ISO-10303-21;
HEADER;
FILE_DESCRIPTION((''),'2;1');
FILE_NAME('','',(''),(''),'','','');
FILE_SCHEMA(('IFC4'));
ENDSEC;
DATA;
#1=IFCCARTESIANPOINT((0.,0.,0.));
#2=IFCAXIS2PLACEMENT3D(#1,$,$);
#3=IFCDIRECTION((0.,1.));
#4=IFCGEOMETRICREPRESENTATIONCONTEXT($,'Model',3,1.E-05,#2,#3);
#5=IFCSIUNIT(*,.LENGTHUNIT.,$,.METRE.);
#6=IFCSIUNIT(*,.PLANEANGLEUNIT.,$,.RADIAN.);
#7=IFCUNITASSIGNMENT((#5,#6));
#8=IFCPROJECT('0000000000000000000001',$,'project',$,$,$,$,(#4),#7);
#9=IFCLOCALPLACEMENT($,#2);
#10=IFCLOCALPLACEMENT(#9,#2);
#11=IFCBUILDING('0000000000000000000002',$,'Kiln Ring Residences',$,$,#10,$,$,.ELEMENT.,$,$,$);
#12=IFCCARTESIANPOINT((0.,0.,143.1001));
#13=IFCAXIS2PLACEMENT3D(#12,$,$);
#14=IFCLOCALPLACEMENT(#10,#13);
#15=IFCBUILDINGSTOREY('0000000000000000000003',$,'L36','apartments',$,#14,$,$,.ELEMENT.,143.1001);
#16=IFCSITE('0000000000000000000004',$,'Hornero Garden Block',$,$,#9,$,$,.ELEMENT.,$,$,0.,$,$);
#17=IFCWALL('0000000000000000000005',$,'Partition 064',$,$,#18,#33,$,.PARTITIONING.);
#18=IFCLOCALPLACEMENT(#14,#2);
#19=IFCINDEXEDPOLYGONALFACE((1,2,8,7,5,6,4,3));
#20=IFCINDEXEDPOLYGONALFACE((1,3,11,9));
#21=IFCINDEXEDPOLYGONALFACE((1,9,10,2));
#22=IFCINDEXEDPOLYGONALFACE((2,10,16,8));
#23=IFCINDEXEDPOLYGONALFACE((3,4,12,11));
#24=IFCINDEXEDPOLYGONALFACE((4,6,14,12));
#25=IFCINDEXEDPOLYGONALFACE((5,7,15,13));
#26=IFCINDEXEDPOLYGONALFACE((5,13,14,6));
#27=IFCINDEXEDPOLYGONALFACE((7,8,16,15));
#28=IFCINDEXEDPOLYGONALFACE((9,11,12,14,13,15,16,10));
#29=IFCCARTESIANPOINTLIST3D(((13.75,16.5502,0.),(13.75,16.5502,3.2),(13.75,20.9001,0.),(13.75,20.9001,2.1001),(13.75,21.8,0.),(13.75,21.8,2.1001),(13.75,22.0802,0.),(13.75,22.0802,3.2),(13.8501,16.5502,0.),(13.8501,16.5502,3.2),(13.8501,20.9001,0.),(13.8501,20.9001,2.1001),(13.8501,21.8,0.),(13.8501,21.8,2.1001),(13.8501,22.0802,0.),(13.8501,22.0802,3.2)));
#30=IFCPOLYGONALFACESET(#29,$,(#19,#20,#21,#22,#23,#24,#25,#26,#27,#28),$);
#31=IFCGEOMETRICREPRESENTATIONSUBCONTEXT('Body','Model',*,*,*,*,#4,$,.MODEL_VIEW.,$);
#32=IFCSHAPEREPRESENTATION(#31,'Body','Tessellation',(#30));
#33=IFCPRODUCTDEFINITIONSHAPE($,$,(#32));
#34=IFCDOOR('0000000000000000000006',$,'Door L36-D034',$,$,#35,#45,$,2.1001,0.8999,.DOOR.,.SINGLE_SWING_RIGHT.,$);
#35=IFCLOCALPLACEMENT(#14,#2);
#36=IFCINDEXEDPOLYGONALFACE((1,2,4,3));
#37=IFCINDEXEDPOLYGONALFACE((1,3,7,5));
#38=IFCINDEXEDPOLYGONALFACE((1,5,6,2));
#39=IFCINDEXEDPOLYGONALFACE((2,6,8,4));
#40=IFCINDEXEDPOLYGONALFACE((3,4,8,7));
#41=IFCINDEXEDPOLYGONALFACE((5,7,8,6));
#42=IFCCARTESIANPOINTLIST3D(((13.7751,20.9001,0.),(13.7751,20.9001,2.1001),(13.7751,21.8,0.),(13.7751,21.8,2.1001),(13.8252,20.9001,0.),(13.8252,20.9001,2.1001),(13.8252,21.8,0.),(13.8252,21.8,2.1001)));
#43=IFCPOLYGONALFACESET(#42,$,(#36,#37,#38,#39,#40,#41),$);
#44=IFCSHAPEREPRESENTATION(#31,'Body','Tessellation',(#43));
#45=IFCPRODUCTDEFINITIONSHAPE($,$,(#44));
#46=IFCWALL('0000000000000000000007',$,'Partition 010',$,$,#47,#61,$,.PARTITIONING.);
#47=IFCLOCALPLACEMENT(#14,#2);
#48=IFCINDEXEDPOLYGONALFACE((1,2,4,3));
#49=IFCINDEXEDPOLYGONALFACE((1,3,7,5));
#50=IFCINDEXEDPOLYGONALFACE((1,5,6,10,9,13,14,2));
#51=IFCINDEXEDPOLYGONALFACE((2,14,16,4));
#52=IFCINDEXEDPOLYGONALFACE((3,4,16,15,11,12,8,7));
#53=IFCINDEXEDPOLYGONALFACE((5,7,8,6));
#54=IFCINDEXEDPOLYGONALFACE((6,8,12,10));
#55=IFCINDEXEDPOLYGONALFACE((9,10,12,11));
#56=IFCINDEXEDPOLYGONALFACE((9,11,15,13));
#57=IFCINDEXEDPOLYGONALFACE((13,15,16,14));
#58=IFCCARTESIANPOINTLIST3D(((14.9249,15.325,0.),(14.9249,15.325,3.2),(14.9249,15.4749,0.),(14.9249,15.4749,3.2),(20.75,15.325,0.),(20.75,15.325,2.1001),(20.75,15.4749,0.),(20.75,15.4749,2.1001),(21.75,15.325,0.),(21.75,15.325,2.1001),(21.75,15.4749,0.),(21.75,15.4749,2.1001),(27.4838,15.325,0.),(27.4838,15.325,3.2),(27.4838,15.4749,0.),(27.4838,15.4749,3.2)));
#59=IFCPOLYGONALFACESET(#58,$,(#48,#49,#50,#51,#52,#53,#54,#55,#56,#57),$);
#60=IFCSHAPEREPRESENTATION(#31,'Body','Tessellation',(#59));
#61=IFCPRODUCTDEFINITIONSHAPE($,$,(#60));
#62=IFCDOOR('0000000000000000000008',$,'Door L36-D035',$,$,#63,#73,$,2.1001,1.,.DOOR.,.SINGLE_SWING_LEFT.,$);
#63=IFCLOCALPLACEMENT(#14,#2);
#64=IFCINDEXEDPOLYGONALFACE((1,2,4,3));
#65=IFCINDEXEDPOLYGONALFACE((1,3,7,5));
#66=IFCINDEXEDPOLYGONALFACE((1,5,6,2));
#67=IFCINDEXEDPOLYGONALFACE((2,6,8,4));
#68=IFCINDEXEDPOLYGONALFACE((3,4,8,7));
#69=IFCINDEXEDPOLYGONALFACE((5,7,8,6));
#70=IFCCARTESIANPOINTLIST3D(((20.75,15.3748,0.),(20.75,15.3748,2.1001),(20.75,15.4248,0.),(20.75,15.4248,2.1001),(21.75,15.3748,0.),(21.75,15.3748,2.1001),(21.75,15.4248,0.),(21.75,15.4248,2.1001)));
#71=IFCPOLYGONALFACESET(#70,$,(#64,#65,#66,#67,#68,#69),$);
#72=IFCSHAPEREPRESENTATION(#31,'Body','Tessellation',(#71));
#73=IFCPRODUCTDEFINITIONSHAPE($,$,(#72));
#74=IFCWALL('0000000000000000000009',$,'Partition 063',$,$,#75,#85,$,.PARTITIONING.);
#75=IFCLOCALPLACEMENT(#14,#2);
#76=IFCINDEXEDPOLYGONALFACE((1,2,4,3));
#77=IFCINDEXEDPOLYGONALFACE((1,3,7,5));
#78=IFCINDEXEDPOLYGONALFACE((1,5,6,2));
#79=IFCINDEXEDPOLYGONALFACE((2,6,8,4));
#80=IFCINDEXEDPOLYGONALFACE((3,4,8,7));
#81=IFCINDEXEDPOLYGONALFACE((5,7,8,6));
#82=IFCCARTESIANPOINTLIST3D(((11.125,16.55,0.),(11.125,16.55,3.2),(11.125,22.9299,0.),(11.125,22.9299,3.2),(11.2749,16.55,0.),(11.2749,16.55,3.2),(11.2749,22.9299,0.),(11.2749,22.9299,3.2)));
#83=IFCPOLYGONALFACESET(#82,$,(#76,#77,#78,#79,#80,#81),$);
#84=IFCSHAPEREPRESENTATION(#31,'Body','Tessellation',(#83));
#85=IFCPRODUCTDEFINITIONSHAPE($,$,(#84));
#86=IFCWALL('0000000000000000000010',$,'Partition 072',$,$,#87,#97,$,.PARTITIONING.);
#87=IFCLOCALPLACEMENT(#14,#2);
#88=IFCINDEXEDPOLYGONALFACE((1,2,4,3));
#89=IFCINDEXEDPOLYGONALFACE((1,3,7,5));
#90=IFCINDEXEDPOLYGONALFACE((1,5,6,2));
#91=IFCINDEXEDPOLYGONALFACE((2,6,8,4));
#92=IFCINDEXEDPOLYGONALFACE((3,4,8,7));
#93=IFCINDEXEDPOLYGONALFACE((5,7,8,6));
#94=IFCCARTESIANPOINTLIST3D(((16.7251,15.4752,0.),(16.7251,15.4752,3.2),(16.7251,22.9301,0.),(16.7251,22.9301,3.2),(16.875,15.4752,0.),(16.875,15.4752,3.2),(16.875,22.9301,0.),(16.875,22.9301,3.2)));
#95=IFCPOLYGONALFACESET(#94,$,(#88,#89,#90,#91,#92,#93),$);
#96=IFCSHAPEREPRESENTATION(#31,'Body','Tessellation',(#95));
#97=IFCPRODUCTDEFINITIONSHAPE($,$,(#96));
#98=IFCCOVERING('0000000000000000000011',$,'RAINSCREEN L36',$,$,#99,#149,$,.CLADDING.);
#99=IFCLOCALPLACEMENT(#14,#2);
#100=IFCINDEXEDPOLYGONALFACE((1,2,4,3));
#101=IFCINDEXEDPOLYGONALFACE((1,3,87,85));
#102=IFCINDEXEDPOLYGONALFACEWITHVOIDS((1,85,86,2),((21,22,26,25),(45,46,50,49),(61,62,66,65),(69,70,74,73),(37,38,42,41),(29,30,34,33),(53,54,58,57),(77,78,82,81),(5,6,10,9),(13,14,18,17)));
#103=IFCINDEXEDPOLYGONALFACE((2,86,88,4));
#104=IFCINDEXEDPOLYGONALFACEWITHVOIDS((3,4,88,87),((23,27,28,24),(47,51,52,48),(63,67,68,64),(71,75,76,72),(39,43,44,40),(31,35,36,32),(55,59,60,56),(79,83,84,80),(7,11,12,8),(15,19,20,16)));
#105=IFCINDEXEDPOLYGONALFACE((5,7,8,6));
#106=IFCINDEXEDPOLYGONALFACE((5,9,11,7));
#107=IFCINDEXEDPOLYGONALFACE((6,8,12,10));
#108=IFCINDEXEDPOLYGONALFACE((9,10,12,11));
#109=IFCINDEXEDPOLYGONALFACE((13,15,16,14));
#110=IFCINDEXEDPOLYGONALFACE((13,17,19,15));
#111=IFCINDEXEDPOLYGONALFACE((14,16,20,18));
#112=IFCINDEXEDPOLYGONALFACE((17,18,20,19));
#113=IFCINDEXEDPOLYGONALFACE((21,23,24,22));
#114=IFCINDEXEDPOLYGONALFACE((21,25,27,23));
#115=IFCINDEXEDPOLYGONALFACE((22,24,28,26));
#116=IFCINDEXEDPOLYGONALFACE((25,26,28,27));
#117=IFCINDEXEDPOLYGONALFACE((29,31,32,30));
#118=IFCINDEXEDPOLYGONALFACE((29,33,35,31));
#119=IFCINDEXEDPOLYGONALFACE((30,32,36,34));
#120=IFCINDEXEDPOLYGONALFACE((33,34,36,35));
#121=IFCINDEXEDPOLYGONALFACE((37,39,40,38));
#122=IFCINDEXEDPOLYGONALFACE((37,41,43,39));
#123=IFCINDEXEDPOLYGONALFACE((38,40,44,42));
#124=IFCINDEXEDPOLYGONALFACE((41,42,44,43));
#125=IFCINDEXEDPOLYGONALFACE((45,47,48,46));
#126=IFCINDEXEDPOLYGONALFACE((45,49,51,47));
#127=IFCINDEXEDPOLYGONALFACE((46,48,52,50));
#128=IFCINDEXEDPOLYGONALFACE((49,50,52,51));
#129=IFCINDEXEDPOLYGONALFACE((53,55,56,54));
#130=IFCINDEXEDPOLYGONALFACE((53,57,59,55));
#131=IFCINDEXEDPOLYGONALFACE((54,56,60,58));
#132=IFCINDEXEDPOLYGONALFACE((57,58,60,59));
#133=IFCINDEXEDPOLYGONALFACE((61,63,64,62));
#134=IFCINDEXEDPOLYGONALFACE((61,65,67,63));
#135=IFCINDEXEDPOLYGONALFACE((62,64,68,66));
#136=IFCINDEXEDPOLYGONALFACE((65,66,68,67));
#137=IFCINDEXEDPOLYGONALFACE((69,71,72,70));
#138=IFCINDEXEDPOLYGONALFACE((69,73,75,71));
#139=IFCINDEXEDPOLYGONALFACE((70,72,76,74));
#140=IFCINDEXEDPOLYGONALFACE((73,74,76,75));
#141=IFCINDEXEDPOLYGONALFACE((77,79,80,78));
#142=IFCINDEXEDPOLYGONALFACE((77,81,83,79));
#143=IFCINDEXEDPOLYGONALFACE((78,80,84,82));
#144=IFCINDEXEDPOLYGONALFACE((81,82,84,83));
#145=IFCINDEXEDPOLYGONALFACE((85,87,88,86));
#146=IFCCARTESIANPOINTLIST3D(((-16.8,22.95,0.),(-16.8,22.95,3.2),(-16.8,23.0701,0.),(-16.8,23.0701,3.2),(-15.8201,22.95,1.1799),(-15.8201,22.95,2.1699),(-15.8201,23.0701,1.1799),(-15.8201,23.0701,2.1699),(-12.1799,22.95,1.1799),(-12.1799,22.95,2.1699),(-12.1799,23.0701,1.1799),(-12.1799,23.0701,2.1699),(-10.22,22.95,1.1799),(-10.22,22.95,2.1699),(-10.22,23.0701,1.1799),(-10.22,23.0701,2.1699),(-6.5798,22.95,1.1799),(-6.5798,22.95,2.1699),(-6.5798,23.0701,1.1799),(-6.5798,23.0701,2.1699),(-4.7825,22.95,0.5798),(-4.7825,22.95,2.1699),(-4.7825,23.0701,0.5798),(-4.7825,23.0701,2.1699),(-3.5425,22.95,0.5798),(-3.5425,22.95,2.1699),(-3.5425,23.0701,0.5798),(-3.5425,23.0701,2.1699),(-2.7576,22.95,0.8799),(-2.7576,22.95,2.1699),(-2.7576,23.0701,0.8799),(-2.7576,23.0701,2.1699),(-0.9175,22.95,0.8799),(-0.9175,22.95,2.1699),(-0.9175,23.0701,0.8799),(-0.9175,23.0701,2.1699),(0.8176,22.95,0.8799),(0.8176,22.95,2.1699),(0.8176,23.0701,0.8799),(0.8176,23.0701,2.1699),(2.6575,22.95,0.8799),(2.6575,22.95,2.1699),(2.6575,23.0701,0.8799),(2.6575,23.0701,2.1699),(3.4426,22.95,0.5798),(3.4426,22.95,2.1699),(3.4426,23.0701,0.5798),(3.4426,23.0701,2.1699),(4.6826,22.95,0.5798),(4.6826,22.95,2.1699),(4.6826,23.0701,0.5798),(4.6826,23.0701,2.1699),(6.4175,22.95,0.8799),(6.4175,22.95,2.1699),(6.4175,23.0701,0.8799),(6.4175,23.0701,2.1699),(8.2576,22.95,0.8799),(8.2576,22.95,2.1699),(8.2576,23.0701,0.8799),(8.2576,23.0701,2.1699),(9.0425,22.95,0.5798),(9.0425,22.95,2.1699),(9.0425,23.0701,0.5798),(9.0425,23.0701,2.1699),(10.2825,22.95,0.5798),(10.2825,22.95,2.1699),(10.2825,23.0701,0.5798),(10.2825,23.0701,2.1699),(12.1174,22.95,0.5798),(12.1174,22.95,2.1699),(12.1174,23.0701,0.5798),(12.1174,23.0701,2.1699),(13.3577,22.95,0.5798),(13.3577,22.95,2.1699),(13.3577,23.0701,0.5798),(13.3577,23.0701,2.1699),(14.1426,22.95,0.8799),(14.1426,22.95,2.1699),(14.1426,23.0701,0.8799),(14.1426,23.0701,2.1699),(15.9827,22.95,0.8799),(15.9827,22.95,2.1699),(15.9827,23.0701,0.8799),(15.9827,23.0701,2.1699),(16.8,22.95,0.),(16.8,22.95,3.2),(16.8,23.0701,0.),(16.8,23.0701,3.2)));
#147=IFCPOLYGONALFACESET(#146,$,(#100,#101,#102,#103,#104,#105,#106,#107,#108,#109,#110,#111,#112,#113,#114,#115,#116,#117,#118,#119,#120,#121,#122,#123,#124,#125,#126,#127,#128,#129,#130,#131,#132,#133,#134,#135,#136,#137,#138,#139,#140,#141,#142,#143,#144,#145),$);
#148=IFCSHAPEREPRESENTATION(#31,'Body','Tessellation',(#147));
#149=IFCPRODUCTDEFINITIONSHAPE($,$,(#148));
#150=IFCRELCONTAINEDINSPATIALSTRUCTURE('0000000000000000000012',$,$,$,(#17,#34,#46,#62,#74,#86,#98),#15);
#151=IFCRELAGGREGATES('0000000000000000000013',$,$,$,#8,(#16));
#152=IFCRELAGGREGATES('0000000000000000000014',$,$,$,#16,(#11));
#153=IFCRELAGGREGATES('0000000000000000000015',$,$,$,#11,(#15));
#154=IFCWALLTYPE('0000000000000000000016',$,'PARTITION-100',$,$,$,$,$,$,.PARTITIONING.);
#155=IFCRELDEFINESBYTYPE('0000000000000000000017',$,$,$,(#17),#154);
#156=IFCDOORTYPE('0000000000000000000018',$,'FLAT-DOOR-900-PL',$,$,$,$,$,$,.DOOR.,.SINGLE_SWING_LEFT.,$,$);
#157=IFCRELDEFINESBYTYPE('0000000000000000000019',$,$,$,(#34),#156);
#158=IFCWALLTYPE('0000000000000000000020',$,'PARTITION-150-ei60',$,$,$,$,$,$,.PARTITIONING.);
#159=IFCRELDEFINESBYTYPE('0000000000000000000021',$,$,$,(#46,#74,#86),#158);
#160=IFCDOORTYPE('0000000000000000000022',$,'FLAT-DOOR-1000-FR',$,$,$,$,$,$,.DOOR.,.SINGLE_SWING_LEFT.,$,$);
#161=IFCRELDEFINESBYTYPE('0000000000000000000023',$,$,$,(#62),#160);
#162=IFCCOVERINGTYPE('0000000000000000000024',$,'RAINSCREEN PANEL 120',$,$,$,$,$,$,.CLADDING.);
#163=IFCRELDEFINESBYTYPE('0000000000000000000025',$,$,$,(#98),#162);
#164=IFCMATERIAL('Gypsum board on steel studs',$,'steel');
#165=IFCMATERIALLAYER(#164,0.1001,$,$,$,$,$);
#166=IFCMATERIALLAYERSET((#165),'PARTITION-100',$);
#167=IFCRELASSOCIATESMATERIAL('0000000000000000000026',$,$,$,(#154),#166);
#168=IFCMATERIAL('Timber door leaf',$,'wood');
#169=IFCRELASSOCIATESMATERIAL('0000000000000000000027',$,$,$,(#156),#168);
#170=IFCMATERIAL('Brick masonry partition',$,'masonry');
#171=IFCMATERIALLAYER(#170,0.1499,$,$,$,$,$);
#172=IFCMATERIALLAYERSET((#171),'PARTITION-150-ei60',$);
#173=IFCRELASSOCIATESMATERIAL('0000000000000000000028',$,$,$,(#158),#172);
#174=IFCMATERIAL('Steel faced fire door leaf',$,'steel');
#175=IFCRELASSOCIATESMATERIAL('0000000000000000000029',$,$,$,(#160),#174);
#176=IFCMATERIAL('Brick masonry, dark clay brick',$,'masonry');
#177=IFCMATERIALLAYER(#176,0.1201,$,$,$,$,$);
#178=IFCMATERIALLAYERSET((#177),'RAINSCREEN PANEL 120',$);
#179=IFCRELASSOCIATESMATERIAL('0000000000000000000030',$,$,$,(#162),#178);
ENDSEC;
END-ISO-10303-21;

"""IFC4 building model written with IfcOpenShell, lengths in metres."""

from ifc_helpers import new_model, si_unit, direction, frame, frame_2d, origin, place, context, subcontext, project, spatial, polyline, rectangle, outline, extrude, material, layer, layer_set, type_object, element, fill, save


model = new_model("IFC4")

# Units and contexts
model_context = context("Model", 3, precision=1e-05, world=origin(), true_north=direction((0.0, 1.0)))
body_context = subcontext(model_context, "Body", "Model", "MODEL_VIEW")
ifc_project = project(units=[si_unit("LENGTHUNIT", "METRE"), si_unit("PLANEANGLEUNIT", "RADIAN")], contexts=[model_context])

# Site, building, storey
site_placement = place(None, origin())
site = spatial("IfcSite", under=ifc_project, at=site_placement, Name="Hornero Garden Block", CompositionType="ELEMENT", RefElevation=0.0)
building_placement = place(site_placement, origin())
building = spatial("IfcBuilding", under=site, at=building_placement, Name="Kiln Ring Residences", CompositionType="ELEMENT")
storey_placement = place(building_placement, frame((0.0, 0.0, 143.1001)))
storey = spatial("IfcBuildingStorey", under=building, at=storey_placement, Name="L36", Description="apartments", CompositionType="ELEMENT", Elevation=143.1001)

# Shared definitions
ifc_material_1 = material(Name="Gypsum board on steel studs", Category="steel")
ifc_layer_1 = layer(ifc_material_1, 0.1001)
ifc_layer_set_1 = layer_set([ifc_layer_1], Name="PARTITION-100")
wall_type_1 = type_object("IfcWallType", Name="PARTITION-100", PredefinedType="PARTITIONING", material=ifc_layer_set_1)
ifc_material_2 = material(Name="Timber door leaf", Category="wood")
door_type_1 = type_object("IfcDoorType", Name="FLAT-DOOR-900-PL", OperationType="SINGLE_SWING_LEFT", PredefinedType="DOOR", material=ifc_material_2)

# Walls, openings, doors
wall_1_placement = place(storey_placement, frame((13.8, 16.55, 0.0), z_axis=(0.0, 0.0, 1.0), x_axis=(0.0, 1.0, 0.0)))
wall_1 = element("IfcWall", 1, at=wall_1_placement, inside=storey, type_object=wall_type_1, Name="Partition 064", PredefinedType="PARTITIONING", context=body_context, shape_type="SweptSolid", body=[
    extrude(rectangle(XDim=5.53, YDim=0.1001, at=frame_2d((2.7651, 0.0))), origin(), (0.0, 0.0, 1.0), 3.2),
])
opening_1_placement = place(wall_1_placement, frame((4.3501, 0.0, 0.0)))
opening_1 = element("IfcOpeningElement", 2, at=opening_1_placement, cuts=wall_1, PredefinedType="OPENING", context=body_context, shape_type="SweptSolid", body=[
    extrude(rectangle(XDim=0.8999, YDim=2.1001, at=frame_2d((0.45, 1.05))), frame((0.0, 0.0601, 0.0), z_axis=(0.0, -1.0, 0.0), x_axis=(1.0, 0.0, 0.0)), (0.0, 0.0, 1.0), 0.1201),
])
door_1_placement = place(opening_1_placement, origin())
door_1 = element("IfcDoor", 3, at=door_1_placement, inside=storey, type_object=door_type_1, Name="Door L36-D034", OperationType="SINGLE_SWING_RIGHT", OverallHeight=2.1001, OverallWidth=0.8999, PredefinedType="DOOR", context=body_context, shape_type="SweptSolid", body=[
    extrude(rectangle(XDim=0.8999, YDim=2.1001, at=frame_2d((0.45, 1.05))), frame((0.0, 0.0249, 0.0), z_axis=(0.0, -1.0, 0.0), x_axis=(1.0, 0.0, 0.0)), (0.0, 0.0, 1.0), 0.05),
])
fill(opening_1, door_1)
ifc_material_3 = material(Name="Brick masonry partition", Category="masonry")
ifc_layer_2 = layer(ifc_material_3, 0.1499)
ifc_layer_set_2 = layer_set([ifc_layer_2], Name="PARTITION-150-ei60")
wall_type_2 = type_object("IfcWallType", Name="PARTITION-150-ei60", PredefinedType="PARTITIONING", material=ifc_layer_set_2)
wall_2_placement = place(storey_placement, frame((14.925, 15.3999, 0.0), z_axis=(0.0, 0.0, 1.0), x_axis=(1.0, 0.0, 0.0)))
wall_2 = element("IfcWall", 4, at=wall_2_placement, inside=storey, type_object=wall_type_2, Name="Partition 010", PredefinedType="PARTITIONING", context=body_context, shape_type="SweptSolid", body=[
    extrude(rectangle(XDim=12.5588, YDim=0.1499, at=frame_2d((6.2793, 0.0))), origin(), (0.0, 0.0, 1.0), 3.2),
])
opening_2_placement = place(wall_2_placement, frame((5.825, 0.0, 0.0)))
opening_2 = element("IfcOpeningElement", 5, at=opening_2_placement, cuts=wall_2, PredefinedType="OPENING", context=body_context, shape_type="SweptSolid", body=[
    extrude(rectangle(XDim=1.0, YDim=2.1001, at=frame_2d((0.5, 1.05))), frame((0.0, 0.085, 0.0), z_axis=(0.0, -1.0, 0.0), x_axis=(1.0, 0.0, 0.0)), (0.0, 0.0, 1.0), 0.1699),
])
ifc_material_4 = material(Name="Steel faced fire door leaf", Category="steel")
door_type_2 = type_object("IfcDoorType", Name="FLAT-DOOR-1000-FR", OperationType="SINGLE_SWING_LEFT", PredefinedType="DOOR", material=ifc_material_4)
door_2_placement = place(opening_2_placement, origin())
door_2 = element("IfcDoor", 6, at=door_2_placement, inside=storey, type_object=door_type_2, Name="Door L36-D035", OperationType="SINGLE_SWING_LEFT", OverallHeight=2.1001, OverallWidth=1.0, PredefinedType="DOOR", context=body_context, shape_type="SweptSolid", body=[
    extrude(rectangle(XDim=1.0, YDim=2.1001, at=frame_2d((0.5, 1.05))), frame((0.0, 0.0249, 0.0), z_axis=(0.0, -1.0, 0.0), x_axis=(1.0, 0.0, 0.0)), (0.0, 0.0, 1.0), 0.05),
])
fill(opening_2, door_2)

# Walls
wall_3_placement = place(storey_placement, frame((11.2, 16.55, 0.0), z_axis=(0.0, 0.0, 1.0), x_axis=(0.0, 1.0, 0.0)))
element("IfcWall", 7, at=wall_3_placement, inside=storey, type_object=wall_type_2, Name="Partition 063", PredefinedType="PARTITIONING", context=body_context, shape_type="SweptSolid", body=[
    extrude(rectangle(XDim=6.3799, YDim=0.1499, at=frame_2d((3.1899, 0.0))), origin(), (0.0, 0.0, 1.0), 3.2),
])
wall_4_placement = place(storey_placement, frame((16.8, 15.4751, 0.0), z_axis=(0.0, 0.0, 1.0), x_axis=(0.0, 1.0, 0.0)))
element("IfcWall", 8, at=wall_4_placement, inside=storey, type_object=wall_type_2, Name="Partition 072", PredefinedType="PARTITIONING", context=body_context, shape_type="SweptSolid", body=[
    extrude(rectangle(XDim=7.4548, YDim=0.1499, at=frame_2d((3.7275, 0.0))), origin(), (0.0, 0.0, 1.0), 3.2),
])

# Covering
ifc_material_5 = material(Name="Brick masonry, dark clay brick", Category="masonry")
ifc_layer_3 = layer(ifc_material_5, 0.1201)
ifc_layer_set_3 = layer_set([ifc_layer_3], Name="RAINSCREEN PANEL 120")
covering_type = type_object("IfcCoveringType", Name="RAINSCREEN PANEL 120", PredefinedType="CLADDING", material=ifc_layer_set_3)
covering_placement = place(storey_placement, frame((16.8, 23.01, 0.0), z_axis=(0.0, 0.0, 1.0), x_axis=(-1.0, 0.0, 0.0)))
element("IfcCovering", 9, at=covering_placement, inside=storey, type_object=covering_type, Name="RAINSCREEN L36", PredefinedType="CLADDING", context=body_context, shape_type="SweptSolid", body=[
    extrude(outline(polyline([(0.0, 0.0), (33.6001, 0.0), (33.6001, 3.2), (0.0, 3.2), (0.0, 0.0)]), holes=[polyline([(3.4424, 0.5798), (4.6826, 0.5798), (4.6826, 2.1699), (3.4424, 2.1699), (3.4424, 0.5798)]), polyline([(6.5176, 0.5798), (7.7576, 0.5798), (7.7576, 2.1699), (6.5176, 2.1699), (6.5176, 0.5798)]), polyline([(12.1174, 0.5798), (13.3574, 0.5798), (13.3574, 2.1699), (12.1174, 2.1699), (12.1174, 0.5798)]), polyline([(20.3425, 2.1699), (20.3425, 0.5798), (21.5825, 0.5798), (21.5825, 2.1699), (20.3425, 2.1699)]), polyline([(0.8174, 2.1699), (0.8174, 0.8799), (2.6575, 0.8799), (2.6575, 2.1699), (0.8174, 2.1699)]), polyline([(8.5425, 0.8799), (10.3826, 0.8799), (10.3826, 2.1699), (8.5425, 2.1699), (8.5425, 0.8799)]), polyline([(14.1426, 0.8799), (15.9824, 0.8799), (15.9824, 2.1699), (14.1426, 2.1699), (14.1426, 0.8799)]), polyline([(17.7175, 0.8799), (19.5576, 0.8799), (19.5576, 2.1699), (17.7175, 2.1699), (17.7175, 0.8799)]), polyline([(23.3799, 2.1699), (23.3799, 1.1799), (27.02, 1.1799), (27.02, 2.1699), (23.3799, 2.1699)]), polyline([(28.98, 2.1699), (28.98, 1.1799), (32.6201, 1.1799), (32.6201, 2.1699), (28.98, 2.1699)])]), frame((0.0, 0.0601, 0.0), z_axis=(0.0, -1.0, 0.0), x_axis=(1.0, 0.0, 0.0)), (0.0, 0.0, 1.0), 0.1201),
])

save(model, "model.ifc")
